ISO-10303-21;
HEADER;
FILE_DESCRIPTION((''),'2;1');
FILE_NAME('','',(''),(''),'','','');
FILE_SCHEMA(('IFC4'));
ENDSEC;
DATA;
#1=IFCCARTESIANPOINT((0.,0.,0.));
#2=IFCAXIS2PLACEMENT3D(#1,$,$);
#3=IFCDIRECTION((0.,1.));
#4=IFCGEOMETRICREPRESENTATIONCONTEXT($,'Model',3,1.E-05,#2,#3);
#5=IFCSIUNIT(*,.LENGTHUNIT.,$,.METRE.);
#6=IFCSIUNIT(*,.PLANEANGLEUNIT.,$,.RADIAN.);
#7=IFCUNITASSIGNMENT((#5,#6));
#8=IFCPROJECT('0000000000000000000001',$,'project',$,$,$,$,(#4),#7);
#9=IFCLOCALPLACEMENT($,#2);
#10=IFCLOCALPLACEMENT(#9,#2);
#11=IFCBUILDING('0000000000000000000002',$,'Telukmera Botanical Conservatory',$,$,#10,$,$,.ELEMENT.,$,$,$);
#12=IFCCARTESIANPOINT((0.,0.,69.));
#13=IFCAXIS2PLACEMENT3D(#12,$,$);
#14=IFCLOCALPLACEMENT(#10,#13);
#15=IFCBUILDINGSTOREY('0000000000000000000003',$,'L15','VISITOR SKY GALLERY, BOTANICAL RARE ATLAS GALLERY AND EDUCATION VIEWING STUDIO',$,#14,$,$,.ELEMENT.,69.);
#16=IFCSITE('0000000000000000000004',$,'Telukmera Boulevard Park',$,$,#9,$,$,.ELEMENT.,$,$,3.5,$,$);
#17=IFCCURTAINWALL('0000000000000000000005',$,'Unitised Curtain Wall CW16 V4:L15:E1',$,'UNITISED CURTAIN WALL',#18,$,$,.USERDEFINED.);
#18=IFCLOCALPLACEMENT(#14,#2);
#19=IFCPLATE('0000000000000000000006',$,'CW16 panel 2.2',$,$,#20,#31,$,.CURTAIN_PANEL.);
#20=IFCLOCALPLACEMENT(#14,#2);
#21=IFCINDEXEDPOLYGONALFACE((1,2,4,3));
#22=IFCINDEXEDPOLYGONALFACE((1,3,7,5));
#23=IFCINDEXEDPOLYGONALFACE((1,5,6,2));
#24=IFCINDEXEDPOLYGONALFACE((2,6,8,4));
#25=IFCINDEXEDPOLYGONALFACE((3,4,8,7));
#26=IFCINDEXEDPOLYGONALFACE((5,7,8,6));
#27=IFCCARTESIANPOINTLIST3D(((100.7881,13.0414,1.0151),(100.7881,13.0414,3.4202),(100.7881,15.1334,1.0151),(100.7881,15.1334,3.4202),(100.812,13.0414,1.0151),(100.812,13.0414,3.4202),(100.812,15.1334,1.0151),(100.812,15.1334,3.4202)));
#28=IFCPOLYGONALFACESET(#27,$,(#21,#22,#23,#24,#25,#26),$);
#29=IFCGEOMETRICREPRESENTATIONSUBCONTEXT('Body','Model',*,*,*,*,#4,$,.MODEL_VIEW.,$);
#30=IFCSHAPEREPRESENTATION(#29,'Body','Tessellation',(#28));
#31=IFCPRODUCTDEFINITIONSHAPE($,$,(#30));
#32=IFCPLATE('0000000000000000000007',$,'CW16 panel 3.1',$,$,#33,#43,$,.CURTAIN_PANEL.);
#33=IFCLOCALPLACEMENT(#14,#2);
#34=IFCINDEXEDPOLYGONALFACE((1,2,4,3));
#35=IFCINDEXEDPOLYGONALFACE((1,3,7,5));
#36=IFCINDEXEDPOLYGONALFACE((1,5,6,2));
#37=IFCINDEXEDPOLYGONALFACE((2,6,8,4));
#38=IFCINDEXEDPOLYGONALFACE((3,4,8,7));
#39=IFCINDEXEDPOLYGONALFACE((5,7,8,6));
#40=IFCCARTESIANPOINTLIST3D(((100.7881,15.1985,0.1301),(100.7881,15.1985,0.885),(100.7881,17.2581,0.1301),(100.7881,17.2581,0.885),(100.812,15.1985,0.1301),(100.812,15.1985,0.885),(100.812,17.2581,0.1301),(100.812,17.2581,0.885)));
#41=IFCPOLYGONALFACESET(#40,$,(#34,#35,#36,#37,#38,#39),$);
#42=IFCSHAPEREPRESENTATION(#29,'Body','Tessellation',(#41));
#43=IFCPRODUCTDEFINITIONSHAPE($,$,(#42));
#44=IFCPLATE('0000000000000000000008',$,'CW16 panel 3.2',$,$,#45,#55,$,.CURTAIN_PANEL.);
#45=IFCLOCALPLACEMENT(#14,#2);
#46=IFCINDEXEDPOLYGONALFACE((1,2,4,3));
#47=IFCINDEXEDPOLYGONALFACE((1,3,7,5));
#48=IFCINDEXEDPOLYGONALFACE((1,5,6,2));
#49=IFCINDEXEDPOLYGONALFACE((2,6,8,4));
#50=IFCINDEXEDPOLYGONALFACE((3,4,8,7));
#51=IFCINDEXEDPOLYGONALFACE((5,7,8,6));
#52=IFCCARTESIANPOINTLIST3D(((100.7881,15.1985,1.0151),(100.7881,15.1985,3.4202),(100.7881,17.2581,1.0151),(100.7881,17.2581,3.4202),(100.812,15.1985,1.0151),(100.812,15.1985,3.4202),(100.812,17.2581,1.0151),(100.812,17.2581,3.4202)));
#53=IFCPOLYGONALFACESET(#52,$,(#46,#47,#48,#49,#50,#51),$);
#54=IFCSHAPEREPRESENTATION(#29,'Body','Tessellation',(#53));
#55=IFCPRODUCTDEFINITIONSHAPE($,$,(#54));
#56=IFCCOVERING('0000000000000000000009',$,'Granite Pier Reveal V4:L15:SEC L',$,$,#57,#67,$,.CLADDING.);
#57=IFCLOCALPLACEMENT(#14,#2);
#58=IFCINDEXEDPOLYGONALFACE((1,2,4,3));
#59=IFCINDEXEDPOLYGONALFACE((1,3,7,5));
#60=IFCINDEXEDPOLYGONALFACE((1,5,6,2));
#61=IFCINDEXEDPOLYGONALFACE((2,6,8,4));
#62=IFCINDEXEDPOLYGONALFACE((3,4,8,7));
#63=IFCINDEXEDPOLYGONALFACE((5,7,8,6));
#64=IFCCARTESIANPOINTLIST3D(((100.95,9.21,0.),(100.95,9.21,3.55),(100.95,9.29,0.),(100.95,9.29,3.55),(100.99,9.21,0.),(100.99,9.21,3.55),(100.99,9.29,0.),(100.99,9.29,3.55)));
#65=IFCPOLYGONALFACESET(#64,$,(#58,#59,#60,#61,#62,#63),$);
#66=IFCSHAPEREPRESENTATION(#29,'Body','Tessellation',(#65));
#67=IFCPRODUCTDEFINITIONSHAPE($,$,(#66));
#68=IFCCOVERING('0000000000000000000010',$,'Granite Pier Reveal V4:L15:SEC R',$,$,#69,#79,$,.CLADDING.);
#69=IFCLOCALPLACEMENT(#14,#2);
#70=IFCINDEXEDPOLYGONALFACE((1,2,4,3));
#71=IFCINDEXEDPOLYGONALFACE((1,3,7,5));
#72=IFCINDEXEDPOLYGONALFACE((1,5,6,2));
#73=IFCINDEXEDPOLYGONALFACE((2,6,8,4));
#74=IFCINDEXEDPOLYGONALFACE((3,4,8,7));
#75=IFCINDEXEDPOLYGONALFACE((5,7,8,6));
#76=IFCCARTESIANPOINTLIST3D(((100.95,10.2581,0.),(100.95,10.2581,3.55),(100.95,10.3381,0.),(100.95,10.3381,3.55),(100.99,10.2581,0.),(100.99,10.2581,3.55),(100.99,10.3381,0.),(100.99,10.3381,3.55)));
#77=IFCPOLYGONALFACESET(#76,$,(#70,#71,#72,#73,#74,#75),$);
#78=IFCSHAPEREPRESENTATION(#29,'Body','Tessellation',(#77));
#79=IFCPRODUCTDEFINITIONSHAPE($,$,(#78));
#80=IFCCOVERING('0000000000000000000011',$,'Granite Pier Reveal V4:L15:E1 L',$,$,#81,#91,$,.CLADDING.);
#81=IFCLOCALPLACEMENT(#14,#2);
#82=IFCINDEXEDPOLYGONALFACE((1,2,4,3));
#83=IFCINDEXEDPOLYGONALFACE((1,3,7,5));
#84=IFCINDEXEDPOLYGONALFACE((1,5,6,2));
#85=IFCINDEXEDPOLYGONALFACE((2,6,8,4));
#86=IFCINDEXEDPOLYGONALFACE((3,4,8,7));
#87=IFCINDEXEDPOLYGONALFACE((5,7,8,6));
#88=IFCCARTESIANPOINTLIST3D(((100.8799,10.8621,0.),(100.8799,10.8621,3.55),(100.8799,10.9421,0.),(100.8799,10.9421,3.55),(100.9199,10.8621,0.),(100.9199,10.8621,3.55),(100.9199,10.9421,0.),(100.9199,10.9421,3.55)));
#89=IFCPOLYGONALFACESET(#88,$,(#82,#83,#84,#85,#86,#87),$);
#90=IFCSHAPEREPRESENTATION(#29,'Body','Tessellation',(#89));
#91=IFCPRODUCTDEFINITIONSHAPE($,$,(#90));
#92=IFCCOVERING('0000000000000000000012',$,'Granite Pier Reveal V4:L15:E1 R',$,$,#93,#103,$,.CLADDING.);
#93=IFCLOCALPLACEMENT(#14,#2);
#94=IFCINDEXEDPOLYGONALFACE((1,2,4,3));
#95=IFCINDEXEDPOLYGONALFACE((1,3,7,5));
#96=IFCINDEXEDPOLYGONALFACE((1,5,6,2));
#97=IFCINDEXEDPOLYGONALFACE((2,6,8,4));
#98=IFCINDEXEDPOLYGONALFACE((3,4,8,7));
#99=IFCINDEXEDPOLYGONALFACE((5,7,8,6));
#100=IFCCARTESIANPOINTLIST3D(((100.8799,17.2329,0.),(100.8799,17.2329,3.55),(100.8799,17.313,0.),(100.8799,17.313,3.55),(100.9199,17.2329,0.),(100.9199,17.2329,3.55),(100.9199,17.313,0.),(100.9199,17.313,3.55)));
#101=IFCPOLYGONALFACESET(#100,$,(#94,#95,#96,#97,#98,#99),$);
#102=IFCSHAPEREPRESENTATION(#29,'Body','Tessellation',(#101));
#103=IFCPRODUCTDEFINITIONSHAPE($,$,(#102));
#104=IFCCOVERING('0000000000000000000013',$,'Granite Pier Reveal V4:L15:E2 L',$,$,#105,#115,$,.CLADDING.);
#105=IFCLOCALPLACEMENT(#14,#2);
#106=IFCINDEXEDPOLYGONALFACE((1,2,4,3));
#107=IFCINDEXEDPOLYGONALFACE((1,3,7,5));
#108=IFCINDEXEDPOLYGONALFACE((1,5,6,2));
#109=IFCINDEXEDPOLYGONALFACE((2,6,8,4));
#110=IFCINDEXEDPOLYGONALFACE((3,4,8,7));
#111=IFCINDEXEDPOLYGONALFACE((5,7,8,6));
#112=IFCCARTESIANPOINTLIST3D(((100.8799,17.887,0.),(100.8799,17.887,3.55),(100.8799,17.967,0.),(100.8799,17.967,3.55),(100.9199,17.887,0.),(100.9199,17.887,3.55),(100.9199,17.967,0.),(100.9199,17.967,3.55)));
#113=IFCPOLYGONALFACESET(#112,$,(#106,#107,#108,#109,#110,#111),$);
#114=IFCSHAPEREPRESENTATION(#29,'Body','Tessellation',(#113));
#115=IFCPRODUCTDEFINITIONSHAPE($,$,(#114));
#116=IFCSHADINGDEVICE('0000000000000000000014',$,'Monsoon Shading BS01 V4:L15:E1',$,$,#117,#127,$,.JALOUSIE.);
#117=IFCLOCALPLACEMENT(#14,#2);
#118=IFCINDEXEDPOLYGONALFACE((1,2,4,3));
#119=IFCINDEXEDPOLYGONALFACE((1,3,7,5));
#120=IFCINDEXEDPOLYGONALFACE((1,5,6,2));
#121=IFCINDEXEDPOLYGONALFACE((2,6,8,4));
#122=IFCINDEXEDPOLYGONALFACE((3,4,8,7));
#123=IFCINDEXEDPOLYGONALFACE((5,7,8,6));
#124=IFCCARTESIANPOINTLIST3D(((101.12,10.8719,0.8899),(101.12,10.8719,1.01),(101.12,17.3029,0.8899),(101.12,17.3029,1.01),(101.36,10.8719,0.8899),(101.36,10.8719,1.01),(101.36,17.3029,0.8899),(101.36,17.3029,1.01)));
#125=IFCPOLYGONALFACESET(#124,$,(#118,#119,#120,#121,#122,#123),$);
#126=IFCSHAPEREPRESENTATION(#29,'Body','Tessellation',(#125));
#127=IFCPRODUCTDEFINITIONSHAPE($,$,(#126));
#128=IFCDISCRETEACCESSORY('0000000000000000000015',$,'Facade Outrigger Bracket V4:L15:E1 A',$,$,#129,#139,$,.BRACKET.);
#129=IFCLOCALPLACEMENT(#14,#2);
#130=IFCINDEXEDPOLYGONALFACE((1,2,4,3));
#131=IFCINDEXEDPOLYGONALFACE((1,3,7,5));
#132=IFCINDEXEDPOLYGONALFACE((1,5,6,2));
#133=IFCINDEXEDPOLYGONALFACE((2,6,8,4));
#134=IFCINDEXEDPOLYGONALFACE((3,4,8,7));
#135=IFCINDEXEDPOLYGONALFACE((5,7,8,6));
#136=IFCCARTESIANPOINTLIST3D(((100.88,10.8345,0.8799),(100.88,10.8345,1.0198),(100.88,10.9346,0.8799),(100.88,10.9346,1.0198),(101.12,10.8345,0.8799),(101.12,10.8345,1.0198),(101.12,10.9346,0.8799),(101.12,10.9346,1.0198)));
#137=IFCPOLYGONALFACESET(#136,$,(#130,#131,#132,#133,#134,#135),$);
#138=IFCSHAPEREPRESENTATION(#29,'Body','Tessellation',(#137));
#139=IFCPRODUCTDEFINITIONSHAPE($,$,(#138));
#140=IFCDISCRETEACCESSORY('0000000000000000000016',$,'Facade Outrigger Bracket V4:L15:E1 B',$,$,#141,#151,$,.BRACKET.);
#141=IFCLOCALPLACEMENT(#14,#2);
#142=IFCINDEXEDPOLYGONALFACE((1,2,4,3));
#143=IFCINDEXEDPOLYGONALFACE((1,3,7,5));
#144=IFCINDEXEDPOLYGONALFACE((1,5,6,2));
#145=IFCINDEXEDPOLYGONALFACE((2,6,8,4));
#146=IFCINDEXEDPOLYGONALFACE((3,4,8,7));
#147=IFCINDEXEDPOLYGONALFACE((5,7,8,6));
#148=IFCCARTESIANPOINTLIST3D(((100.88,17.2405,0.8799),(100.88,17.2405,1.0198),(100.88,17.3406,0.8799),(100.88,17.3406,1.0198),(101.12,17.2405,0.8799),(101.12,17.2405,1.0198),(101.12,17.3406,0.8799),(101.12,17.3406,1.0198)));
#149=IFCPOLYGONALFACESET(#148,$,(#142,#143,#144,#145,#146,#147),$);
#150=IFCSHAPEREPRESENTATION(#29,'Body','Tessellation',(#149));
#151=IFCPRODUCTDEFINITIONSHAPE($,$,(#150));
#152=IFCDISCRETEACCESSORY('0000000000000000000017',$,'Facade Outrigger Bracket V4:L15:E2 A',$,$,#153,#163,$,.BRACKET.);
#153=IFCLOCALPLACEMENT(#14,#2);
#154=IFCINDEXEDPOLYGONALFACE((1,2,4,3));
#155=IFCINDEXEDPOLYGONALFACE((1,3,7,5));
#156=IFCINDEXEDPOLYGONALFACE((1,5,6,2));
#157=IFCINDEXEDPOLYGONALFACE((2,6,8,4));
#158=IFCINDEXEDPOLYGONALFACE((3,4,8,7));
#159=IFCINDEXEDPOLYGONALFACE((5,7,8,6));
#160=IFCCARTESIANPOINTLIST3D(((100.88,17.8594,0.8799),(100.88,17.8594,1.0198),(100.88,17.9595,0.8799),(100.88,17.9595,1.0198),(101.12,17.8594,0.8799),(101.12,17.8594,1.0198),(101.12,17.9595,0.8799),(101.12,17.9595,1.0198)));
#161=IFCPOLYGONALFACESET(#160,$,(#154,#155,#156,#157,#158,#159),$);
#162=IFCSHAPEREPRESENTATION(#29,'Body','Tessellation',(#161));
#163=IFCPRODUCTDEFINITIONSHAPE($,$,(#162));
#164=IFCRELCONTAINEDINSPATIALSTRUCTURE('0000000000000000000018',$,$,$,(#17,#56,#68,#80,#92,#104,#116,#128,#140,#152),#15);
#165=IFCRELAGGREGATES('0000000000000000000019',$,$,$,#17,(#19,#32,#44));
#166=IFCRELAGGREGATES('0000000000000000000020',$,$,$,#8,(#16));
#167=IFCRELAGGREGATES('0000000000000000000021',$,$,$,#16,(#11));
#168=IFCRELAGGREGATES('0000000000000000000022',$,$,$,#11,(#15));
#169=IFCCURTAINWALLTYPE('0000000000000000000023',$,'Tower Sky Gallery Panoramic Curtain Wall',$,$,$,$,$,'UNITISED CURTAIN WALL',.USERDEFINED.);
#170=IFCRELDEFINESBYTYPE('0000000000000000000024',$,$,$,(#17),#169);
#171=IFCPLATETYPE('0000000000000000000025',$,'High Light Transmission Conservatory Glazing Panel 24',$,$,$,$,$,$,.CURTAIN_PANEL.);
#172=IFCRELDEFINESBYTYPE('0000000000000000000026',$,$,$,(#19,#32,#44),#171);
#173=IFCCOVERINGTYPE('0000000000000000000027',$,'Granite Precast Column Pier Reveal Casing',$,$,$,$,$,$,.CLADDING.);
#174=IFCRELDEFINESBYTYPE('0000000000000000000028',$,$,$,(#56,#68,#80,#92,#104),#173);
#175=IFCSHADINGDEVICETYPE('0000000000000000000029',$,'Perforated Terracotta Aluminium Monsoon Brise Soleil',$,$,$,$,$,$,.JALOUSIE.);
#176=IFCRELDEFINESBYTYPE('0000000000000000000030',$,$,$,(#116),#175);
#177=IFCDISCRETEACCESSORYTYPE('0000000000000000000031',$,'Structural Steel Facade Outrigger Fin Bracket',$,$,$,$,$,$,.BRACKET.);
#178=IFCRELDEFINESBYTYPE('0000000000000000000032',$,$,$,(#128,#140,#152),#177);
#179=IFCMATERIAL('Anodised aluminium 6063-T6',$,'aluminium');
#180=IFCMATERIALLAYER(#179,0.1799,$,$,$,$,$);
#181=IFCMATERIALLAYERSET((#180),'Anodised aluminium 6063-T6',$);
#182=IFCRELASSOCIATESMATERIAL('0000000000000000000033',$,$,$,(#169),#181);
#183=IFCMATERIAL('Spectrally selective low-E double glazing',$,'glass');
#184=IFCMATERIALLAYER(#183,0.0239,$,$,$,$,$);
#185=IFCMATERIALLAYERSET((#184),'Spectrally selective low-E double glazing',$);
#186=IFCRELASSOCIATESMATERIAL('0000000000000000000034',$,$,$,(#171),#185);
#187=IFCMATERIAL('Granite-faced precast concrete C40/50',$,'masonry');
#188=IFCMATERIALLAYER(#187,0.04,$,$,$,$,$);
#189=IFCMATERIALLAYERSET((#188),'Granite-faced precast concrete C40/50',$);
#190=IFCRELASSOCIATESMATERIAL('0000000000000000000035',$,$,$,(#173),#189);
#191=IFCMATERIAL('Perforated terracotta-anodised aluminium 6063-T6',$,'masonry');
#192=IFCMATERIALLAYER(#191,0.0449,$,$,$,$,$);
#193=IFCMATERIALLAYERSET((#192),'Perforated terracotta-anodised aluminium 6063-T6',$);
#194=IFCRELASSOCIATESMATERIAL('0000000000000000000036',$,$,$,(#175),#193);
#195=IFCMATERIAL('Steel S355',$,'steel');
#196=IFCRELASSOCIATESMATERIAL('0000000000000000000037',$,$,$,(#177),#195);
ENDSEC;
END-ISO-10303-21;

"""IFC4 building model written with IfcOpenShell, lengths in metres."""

from ifc_helpers import new_model, si_unit, direction, frame, origin, origin_2d, place, context, subcontext, project, spatial, rectangle, extrude, material, layer, layer_set, type_object, element, aggregate, save


model = new_model("IFC4")

# Units and contexts
model_context = context("Model", 3, precision=1e-05, world=origin(), true_north=direction((0.0, 1.0)))
body_context = subcontext(model_context, "Body", "Model", "MODEL_VIEW")
ifc_project = project(units=[si_unit("LENGTHUNIT", "METRE"), si_unit("PLANEANGLEUNIT", "RADIAN")], contexts=[model_context])

# Site, building, storey
site_placement = place(None, origin())
site = spatial("IfcSite", under=ifc_project, at=site_placement, Name="Telukmera Boulevard Park", CompositionType="ELEMENT", RefElevation=3.5)
building_placement = place(site_placement, origin())
building = spatial("IfcBuilding", under=site, at=building_placement, Name="Telukmera Botanical Conservatory", CompositionType="ELEMENT")
storey_placement = place(building_placement, frame((0.0, 0.0, 69.0)))
storey = spatial("IfcBuildingStorey", under=building, at=storey_placement, Name="L15", Description="VISITOR SKY GALLERY, BOTANICAL RARE ATLAS GALLERY AND EDUCATION VIEWING STUDIO", CompositionType="ELEMENT", Elevation=69.0)

# Curtain wall
ifc_material_1 = material(Name="Anodised aluminium 6063-T6", Category="aluminium")
ifc_layer_1 = layer(ifc_material_1, 0.1799)
ifc_layer_set_1 = layer_set([ifc_layer_1], Name="Anodised aluminium 6063-T6")
curtain_wall_type = type_object("IfcCurtainWallType", Name="Tower Sky Gallery Panoramic Curtain Wall", ElementType="UNITISED CURTAIN WALL", PredefinedType="USERDEFINED", material=ifc_layer_set_1)
curtain_wall_1_placement = place(storey_placement, origin())
curtain_wall_1 = element("IfcCurtainWall", 1, at=curtain_wall_1_placement, inside=storey, type_object=curtain_wall_type, Name="Unitised Curtain Wall CW16 V4:L15:E1", ObjectType="UNITISED CURTAIN WALL", PredefinedType="USERDEFINED")

# Plates
ifc_material_2 = material(Name="Spectrally selective low-E double glazing", Category="glass")
ifc_layer_2 = layer(ifc_material_2, 0.0239)
ifc_layer_set_2 = layer_set([ifc_layer_2], Name="Spectrally selective low-E double glazing")
plate_type = type_object("IfcPlateType", Name="High Light Transmission Conservatory Glazing Panel 24", PredefinedType="CURTAIN_PANEL", material=ifc_layer_set_2)
plate_1_placement = place(storey_placement, frame((100.8, 14.0874, 1.0151), z_axis=(0.0, 0.0, 1.0), x_axis=(0.0, 1.0, 0.0)))
plate_1 = element("IfcPlate", 2, at=plate_1_placement, type_object=plate_type, Name="CW16 panel 2.2", PredefinedType="CURTAIN_PANEL", context=body_context, shape_type="SweptSolid", body=[
    extrude(rectangle(XDim=2.092, YDim=0.0239, at=origin_2d()), origin(), (0.0, 0.0, 1.0), 2.405),
])
plate_2_placement = place(storey_placement, frame((100.8, 16.2283, 0.1301), z_axis=(0.0, 0.0, 1.0), x_axis=(0.0, 1.0, 0.0)))
plate_2 = element("IfcPlate", 3, at=plate_2_placement, type_object=plate_type, Name="CW16 panel 3.1", PredefinedType="CURTAIN_PANEL", context=body_context, shape_type="SweptSolid", body=[
    extrude(rectangle(XDim=2.0596, YDim=0.0239, at=origin_2d()), origin(), (0.0, 0.0, 1.0), 0.7549),
])
plate_3_placement = place(storey_placement, frame((100.8, 16.2283, 1.0151), z_axis=(0.0, 0.0, 1.0), x_axis=(0.0, 1.0, 0.0)))
plate_3 = element("IfcPlate", 4, at=plate_3_placement, type_object=plate_type, Name="CW16 panel 3.2", PredefinedType="CURTAIN_PANEL", context=body_context, shape_type="SweptSolid", body=[
    extrude(rectangle(XDim=2.0596, YDim=0.0239, at=origin_2d()), origin(), (0.0, 0.0, 1.0), 2.405),
])
aggregate(curtain_wall_1, [plate_1, plate_2, plate_3])

# Coverings
ifc_material_3 = material(Name="Granite-faced precast concrete C40/50", Category="masonry")
ifc_layer_3 = layer(ifc_material_3, 0.04)
ifc_layer_set_3 = layer_set([ifc_layer_3], Name="Granite-faced precast concrete C40/50")
covering_type = type_object("IfcCoveringType", Name="Granite Precast Column Pier Reveal Casing", PredefinedType="CLADDING", material=ifc_layer_set_3)
for number, where, z_axis, x_axis, name in (
    (5, (100.97, 9.25, 0.0), (0.0, 0.0, 1.0), (0.0, 1.0, 0.0), "Granite Pier Reveal V4:L15:SEC L"),
    (6, (100.97, 10.2981, 0.0), (0.0, 0.0, 1.0), (0.0, 1.0, 0.0), "Granite Pier Reveal V4:L15:SEC R"),
    (7, (100.8999, 10.9021, 0.0), (0.0, 0.0, 1.0), (0.0, 1.0, 0.0), "Granite Pier Reveal V4:L15:E1 L"),
    (8, (100.8999, 17.2729, 0.0), (0.0, 0.0, 1.0), (0.0, 1.0, 0.0), "Granite Pier Reveal V4:L15:E1 R"),
    (9, (100.8999, 17.927, 0.0), (0.0, 0.0, 1.0), (0.0, 1.0, 0.0), "Granite Pier Reveal V4:L15:E2 L"),
):
    element("IfcCovering", number, at=place(storey_placement, frame(where, z_axis=z_axis, x_axis=x_axis)), inside=storey, type_object=covering_type, Name=name, PredefinedType="CLADDING", context=body_context, shape_type="SweptSolid", body=[
        extrude(rectangle(XDim=0.0801, YDim=0.04, at=origin_2d()), origin(), (0.0, 0.0, 1.0), 3.55),
    ])

# Shading device
ifc_material_4 = material(Name="Perforated terracotta-anodised aluminium 6063-T6", Category="masonry")
ifc_layer_4 = layer(ifc_material_4, 0.0449)
ifc_layer_set_4 = layer_set([ifc_layer_4], Name="Perforated terracotta-anodised aluminium 6063-T6")
shading_device_type = type_object("IfcShadingDeviceType", Name="Perforated Terracotta Aluminium Monsoon Brise Soleil", PredefinedType="JALOUSIE", material=ifc_layer_set_4)
shading_device_placement = place(storey_placement, frame((101.24, 14.0874, 0.8899), z_axis=(0.0, 0.0, 1.0), x_axis=(0.0, 1.0, 0.0)))
element("IfcShadingDevice", 10, at=shading_device_placement, inside=storey, type_object=shading_device_type, Name="Monsoon Shading BS01 V4:L15:E1", PredefinedType="JALOUSIE", context=body_context, shape_type="SweptSolid", body=[
    extrude(rectangle(XDim=6.4309, YDim=0.24, at=origin_2d()), origin(), (0.0, 0.0, 1.0), 0.1201),
])

# Discrete accessories
ifc_material_5 = material(Name="Steel S355", Category="steel")
discrete_accessory_type = type_object("IfcDiscreteAccessoryType", Name="Structural Steel Facade Outrigger Fin Bracket", PredefinedType="BRACKET", material=ifc_material_5)
for number, where, z_axis, x_axis, name in (
    (11, (101.0, 10.8845, 0.8799), (0.0, 0.0, 1.0), (0.0, 1.0, 0.0), "Facade Outrigger Bracket V4:L15:E1 A"),
    (12, (101.0, 17.2905, 0.8799), (0.0, 0.0, 1.0), (0.0, 1.0, 0.0), "Facade Outrigger Bracket V4:L15:E1 B"),
    (13, (101.0, 17.9094, 0.8799), (0.0, 0.0, 1.0), (0.0, 1.0, 0.0), "Facade Outrigger Bracket V4:L15:E2 A"),
):
    element("IfcDiscreteAccessory", number, at=place(storey_placement, frame(where, z_axis=z_axis, x_axis=x_axis)), inside=storey, type_object=discrete_accessory_type, Name=name, PredefinedType="BRACKET", context=body_context, shape_type="SweptSolid", body=[
        extrude(rectangle(XDim=0.1001, YDim=0.24, at=origin_2d()), origin(), (0.0, 0.0, 1.0), 0.1399),
    ])

save(model, "model.ifc")
